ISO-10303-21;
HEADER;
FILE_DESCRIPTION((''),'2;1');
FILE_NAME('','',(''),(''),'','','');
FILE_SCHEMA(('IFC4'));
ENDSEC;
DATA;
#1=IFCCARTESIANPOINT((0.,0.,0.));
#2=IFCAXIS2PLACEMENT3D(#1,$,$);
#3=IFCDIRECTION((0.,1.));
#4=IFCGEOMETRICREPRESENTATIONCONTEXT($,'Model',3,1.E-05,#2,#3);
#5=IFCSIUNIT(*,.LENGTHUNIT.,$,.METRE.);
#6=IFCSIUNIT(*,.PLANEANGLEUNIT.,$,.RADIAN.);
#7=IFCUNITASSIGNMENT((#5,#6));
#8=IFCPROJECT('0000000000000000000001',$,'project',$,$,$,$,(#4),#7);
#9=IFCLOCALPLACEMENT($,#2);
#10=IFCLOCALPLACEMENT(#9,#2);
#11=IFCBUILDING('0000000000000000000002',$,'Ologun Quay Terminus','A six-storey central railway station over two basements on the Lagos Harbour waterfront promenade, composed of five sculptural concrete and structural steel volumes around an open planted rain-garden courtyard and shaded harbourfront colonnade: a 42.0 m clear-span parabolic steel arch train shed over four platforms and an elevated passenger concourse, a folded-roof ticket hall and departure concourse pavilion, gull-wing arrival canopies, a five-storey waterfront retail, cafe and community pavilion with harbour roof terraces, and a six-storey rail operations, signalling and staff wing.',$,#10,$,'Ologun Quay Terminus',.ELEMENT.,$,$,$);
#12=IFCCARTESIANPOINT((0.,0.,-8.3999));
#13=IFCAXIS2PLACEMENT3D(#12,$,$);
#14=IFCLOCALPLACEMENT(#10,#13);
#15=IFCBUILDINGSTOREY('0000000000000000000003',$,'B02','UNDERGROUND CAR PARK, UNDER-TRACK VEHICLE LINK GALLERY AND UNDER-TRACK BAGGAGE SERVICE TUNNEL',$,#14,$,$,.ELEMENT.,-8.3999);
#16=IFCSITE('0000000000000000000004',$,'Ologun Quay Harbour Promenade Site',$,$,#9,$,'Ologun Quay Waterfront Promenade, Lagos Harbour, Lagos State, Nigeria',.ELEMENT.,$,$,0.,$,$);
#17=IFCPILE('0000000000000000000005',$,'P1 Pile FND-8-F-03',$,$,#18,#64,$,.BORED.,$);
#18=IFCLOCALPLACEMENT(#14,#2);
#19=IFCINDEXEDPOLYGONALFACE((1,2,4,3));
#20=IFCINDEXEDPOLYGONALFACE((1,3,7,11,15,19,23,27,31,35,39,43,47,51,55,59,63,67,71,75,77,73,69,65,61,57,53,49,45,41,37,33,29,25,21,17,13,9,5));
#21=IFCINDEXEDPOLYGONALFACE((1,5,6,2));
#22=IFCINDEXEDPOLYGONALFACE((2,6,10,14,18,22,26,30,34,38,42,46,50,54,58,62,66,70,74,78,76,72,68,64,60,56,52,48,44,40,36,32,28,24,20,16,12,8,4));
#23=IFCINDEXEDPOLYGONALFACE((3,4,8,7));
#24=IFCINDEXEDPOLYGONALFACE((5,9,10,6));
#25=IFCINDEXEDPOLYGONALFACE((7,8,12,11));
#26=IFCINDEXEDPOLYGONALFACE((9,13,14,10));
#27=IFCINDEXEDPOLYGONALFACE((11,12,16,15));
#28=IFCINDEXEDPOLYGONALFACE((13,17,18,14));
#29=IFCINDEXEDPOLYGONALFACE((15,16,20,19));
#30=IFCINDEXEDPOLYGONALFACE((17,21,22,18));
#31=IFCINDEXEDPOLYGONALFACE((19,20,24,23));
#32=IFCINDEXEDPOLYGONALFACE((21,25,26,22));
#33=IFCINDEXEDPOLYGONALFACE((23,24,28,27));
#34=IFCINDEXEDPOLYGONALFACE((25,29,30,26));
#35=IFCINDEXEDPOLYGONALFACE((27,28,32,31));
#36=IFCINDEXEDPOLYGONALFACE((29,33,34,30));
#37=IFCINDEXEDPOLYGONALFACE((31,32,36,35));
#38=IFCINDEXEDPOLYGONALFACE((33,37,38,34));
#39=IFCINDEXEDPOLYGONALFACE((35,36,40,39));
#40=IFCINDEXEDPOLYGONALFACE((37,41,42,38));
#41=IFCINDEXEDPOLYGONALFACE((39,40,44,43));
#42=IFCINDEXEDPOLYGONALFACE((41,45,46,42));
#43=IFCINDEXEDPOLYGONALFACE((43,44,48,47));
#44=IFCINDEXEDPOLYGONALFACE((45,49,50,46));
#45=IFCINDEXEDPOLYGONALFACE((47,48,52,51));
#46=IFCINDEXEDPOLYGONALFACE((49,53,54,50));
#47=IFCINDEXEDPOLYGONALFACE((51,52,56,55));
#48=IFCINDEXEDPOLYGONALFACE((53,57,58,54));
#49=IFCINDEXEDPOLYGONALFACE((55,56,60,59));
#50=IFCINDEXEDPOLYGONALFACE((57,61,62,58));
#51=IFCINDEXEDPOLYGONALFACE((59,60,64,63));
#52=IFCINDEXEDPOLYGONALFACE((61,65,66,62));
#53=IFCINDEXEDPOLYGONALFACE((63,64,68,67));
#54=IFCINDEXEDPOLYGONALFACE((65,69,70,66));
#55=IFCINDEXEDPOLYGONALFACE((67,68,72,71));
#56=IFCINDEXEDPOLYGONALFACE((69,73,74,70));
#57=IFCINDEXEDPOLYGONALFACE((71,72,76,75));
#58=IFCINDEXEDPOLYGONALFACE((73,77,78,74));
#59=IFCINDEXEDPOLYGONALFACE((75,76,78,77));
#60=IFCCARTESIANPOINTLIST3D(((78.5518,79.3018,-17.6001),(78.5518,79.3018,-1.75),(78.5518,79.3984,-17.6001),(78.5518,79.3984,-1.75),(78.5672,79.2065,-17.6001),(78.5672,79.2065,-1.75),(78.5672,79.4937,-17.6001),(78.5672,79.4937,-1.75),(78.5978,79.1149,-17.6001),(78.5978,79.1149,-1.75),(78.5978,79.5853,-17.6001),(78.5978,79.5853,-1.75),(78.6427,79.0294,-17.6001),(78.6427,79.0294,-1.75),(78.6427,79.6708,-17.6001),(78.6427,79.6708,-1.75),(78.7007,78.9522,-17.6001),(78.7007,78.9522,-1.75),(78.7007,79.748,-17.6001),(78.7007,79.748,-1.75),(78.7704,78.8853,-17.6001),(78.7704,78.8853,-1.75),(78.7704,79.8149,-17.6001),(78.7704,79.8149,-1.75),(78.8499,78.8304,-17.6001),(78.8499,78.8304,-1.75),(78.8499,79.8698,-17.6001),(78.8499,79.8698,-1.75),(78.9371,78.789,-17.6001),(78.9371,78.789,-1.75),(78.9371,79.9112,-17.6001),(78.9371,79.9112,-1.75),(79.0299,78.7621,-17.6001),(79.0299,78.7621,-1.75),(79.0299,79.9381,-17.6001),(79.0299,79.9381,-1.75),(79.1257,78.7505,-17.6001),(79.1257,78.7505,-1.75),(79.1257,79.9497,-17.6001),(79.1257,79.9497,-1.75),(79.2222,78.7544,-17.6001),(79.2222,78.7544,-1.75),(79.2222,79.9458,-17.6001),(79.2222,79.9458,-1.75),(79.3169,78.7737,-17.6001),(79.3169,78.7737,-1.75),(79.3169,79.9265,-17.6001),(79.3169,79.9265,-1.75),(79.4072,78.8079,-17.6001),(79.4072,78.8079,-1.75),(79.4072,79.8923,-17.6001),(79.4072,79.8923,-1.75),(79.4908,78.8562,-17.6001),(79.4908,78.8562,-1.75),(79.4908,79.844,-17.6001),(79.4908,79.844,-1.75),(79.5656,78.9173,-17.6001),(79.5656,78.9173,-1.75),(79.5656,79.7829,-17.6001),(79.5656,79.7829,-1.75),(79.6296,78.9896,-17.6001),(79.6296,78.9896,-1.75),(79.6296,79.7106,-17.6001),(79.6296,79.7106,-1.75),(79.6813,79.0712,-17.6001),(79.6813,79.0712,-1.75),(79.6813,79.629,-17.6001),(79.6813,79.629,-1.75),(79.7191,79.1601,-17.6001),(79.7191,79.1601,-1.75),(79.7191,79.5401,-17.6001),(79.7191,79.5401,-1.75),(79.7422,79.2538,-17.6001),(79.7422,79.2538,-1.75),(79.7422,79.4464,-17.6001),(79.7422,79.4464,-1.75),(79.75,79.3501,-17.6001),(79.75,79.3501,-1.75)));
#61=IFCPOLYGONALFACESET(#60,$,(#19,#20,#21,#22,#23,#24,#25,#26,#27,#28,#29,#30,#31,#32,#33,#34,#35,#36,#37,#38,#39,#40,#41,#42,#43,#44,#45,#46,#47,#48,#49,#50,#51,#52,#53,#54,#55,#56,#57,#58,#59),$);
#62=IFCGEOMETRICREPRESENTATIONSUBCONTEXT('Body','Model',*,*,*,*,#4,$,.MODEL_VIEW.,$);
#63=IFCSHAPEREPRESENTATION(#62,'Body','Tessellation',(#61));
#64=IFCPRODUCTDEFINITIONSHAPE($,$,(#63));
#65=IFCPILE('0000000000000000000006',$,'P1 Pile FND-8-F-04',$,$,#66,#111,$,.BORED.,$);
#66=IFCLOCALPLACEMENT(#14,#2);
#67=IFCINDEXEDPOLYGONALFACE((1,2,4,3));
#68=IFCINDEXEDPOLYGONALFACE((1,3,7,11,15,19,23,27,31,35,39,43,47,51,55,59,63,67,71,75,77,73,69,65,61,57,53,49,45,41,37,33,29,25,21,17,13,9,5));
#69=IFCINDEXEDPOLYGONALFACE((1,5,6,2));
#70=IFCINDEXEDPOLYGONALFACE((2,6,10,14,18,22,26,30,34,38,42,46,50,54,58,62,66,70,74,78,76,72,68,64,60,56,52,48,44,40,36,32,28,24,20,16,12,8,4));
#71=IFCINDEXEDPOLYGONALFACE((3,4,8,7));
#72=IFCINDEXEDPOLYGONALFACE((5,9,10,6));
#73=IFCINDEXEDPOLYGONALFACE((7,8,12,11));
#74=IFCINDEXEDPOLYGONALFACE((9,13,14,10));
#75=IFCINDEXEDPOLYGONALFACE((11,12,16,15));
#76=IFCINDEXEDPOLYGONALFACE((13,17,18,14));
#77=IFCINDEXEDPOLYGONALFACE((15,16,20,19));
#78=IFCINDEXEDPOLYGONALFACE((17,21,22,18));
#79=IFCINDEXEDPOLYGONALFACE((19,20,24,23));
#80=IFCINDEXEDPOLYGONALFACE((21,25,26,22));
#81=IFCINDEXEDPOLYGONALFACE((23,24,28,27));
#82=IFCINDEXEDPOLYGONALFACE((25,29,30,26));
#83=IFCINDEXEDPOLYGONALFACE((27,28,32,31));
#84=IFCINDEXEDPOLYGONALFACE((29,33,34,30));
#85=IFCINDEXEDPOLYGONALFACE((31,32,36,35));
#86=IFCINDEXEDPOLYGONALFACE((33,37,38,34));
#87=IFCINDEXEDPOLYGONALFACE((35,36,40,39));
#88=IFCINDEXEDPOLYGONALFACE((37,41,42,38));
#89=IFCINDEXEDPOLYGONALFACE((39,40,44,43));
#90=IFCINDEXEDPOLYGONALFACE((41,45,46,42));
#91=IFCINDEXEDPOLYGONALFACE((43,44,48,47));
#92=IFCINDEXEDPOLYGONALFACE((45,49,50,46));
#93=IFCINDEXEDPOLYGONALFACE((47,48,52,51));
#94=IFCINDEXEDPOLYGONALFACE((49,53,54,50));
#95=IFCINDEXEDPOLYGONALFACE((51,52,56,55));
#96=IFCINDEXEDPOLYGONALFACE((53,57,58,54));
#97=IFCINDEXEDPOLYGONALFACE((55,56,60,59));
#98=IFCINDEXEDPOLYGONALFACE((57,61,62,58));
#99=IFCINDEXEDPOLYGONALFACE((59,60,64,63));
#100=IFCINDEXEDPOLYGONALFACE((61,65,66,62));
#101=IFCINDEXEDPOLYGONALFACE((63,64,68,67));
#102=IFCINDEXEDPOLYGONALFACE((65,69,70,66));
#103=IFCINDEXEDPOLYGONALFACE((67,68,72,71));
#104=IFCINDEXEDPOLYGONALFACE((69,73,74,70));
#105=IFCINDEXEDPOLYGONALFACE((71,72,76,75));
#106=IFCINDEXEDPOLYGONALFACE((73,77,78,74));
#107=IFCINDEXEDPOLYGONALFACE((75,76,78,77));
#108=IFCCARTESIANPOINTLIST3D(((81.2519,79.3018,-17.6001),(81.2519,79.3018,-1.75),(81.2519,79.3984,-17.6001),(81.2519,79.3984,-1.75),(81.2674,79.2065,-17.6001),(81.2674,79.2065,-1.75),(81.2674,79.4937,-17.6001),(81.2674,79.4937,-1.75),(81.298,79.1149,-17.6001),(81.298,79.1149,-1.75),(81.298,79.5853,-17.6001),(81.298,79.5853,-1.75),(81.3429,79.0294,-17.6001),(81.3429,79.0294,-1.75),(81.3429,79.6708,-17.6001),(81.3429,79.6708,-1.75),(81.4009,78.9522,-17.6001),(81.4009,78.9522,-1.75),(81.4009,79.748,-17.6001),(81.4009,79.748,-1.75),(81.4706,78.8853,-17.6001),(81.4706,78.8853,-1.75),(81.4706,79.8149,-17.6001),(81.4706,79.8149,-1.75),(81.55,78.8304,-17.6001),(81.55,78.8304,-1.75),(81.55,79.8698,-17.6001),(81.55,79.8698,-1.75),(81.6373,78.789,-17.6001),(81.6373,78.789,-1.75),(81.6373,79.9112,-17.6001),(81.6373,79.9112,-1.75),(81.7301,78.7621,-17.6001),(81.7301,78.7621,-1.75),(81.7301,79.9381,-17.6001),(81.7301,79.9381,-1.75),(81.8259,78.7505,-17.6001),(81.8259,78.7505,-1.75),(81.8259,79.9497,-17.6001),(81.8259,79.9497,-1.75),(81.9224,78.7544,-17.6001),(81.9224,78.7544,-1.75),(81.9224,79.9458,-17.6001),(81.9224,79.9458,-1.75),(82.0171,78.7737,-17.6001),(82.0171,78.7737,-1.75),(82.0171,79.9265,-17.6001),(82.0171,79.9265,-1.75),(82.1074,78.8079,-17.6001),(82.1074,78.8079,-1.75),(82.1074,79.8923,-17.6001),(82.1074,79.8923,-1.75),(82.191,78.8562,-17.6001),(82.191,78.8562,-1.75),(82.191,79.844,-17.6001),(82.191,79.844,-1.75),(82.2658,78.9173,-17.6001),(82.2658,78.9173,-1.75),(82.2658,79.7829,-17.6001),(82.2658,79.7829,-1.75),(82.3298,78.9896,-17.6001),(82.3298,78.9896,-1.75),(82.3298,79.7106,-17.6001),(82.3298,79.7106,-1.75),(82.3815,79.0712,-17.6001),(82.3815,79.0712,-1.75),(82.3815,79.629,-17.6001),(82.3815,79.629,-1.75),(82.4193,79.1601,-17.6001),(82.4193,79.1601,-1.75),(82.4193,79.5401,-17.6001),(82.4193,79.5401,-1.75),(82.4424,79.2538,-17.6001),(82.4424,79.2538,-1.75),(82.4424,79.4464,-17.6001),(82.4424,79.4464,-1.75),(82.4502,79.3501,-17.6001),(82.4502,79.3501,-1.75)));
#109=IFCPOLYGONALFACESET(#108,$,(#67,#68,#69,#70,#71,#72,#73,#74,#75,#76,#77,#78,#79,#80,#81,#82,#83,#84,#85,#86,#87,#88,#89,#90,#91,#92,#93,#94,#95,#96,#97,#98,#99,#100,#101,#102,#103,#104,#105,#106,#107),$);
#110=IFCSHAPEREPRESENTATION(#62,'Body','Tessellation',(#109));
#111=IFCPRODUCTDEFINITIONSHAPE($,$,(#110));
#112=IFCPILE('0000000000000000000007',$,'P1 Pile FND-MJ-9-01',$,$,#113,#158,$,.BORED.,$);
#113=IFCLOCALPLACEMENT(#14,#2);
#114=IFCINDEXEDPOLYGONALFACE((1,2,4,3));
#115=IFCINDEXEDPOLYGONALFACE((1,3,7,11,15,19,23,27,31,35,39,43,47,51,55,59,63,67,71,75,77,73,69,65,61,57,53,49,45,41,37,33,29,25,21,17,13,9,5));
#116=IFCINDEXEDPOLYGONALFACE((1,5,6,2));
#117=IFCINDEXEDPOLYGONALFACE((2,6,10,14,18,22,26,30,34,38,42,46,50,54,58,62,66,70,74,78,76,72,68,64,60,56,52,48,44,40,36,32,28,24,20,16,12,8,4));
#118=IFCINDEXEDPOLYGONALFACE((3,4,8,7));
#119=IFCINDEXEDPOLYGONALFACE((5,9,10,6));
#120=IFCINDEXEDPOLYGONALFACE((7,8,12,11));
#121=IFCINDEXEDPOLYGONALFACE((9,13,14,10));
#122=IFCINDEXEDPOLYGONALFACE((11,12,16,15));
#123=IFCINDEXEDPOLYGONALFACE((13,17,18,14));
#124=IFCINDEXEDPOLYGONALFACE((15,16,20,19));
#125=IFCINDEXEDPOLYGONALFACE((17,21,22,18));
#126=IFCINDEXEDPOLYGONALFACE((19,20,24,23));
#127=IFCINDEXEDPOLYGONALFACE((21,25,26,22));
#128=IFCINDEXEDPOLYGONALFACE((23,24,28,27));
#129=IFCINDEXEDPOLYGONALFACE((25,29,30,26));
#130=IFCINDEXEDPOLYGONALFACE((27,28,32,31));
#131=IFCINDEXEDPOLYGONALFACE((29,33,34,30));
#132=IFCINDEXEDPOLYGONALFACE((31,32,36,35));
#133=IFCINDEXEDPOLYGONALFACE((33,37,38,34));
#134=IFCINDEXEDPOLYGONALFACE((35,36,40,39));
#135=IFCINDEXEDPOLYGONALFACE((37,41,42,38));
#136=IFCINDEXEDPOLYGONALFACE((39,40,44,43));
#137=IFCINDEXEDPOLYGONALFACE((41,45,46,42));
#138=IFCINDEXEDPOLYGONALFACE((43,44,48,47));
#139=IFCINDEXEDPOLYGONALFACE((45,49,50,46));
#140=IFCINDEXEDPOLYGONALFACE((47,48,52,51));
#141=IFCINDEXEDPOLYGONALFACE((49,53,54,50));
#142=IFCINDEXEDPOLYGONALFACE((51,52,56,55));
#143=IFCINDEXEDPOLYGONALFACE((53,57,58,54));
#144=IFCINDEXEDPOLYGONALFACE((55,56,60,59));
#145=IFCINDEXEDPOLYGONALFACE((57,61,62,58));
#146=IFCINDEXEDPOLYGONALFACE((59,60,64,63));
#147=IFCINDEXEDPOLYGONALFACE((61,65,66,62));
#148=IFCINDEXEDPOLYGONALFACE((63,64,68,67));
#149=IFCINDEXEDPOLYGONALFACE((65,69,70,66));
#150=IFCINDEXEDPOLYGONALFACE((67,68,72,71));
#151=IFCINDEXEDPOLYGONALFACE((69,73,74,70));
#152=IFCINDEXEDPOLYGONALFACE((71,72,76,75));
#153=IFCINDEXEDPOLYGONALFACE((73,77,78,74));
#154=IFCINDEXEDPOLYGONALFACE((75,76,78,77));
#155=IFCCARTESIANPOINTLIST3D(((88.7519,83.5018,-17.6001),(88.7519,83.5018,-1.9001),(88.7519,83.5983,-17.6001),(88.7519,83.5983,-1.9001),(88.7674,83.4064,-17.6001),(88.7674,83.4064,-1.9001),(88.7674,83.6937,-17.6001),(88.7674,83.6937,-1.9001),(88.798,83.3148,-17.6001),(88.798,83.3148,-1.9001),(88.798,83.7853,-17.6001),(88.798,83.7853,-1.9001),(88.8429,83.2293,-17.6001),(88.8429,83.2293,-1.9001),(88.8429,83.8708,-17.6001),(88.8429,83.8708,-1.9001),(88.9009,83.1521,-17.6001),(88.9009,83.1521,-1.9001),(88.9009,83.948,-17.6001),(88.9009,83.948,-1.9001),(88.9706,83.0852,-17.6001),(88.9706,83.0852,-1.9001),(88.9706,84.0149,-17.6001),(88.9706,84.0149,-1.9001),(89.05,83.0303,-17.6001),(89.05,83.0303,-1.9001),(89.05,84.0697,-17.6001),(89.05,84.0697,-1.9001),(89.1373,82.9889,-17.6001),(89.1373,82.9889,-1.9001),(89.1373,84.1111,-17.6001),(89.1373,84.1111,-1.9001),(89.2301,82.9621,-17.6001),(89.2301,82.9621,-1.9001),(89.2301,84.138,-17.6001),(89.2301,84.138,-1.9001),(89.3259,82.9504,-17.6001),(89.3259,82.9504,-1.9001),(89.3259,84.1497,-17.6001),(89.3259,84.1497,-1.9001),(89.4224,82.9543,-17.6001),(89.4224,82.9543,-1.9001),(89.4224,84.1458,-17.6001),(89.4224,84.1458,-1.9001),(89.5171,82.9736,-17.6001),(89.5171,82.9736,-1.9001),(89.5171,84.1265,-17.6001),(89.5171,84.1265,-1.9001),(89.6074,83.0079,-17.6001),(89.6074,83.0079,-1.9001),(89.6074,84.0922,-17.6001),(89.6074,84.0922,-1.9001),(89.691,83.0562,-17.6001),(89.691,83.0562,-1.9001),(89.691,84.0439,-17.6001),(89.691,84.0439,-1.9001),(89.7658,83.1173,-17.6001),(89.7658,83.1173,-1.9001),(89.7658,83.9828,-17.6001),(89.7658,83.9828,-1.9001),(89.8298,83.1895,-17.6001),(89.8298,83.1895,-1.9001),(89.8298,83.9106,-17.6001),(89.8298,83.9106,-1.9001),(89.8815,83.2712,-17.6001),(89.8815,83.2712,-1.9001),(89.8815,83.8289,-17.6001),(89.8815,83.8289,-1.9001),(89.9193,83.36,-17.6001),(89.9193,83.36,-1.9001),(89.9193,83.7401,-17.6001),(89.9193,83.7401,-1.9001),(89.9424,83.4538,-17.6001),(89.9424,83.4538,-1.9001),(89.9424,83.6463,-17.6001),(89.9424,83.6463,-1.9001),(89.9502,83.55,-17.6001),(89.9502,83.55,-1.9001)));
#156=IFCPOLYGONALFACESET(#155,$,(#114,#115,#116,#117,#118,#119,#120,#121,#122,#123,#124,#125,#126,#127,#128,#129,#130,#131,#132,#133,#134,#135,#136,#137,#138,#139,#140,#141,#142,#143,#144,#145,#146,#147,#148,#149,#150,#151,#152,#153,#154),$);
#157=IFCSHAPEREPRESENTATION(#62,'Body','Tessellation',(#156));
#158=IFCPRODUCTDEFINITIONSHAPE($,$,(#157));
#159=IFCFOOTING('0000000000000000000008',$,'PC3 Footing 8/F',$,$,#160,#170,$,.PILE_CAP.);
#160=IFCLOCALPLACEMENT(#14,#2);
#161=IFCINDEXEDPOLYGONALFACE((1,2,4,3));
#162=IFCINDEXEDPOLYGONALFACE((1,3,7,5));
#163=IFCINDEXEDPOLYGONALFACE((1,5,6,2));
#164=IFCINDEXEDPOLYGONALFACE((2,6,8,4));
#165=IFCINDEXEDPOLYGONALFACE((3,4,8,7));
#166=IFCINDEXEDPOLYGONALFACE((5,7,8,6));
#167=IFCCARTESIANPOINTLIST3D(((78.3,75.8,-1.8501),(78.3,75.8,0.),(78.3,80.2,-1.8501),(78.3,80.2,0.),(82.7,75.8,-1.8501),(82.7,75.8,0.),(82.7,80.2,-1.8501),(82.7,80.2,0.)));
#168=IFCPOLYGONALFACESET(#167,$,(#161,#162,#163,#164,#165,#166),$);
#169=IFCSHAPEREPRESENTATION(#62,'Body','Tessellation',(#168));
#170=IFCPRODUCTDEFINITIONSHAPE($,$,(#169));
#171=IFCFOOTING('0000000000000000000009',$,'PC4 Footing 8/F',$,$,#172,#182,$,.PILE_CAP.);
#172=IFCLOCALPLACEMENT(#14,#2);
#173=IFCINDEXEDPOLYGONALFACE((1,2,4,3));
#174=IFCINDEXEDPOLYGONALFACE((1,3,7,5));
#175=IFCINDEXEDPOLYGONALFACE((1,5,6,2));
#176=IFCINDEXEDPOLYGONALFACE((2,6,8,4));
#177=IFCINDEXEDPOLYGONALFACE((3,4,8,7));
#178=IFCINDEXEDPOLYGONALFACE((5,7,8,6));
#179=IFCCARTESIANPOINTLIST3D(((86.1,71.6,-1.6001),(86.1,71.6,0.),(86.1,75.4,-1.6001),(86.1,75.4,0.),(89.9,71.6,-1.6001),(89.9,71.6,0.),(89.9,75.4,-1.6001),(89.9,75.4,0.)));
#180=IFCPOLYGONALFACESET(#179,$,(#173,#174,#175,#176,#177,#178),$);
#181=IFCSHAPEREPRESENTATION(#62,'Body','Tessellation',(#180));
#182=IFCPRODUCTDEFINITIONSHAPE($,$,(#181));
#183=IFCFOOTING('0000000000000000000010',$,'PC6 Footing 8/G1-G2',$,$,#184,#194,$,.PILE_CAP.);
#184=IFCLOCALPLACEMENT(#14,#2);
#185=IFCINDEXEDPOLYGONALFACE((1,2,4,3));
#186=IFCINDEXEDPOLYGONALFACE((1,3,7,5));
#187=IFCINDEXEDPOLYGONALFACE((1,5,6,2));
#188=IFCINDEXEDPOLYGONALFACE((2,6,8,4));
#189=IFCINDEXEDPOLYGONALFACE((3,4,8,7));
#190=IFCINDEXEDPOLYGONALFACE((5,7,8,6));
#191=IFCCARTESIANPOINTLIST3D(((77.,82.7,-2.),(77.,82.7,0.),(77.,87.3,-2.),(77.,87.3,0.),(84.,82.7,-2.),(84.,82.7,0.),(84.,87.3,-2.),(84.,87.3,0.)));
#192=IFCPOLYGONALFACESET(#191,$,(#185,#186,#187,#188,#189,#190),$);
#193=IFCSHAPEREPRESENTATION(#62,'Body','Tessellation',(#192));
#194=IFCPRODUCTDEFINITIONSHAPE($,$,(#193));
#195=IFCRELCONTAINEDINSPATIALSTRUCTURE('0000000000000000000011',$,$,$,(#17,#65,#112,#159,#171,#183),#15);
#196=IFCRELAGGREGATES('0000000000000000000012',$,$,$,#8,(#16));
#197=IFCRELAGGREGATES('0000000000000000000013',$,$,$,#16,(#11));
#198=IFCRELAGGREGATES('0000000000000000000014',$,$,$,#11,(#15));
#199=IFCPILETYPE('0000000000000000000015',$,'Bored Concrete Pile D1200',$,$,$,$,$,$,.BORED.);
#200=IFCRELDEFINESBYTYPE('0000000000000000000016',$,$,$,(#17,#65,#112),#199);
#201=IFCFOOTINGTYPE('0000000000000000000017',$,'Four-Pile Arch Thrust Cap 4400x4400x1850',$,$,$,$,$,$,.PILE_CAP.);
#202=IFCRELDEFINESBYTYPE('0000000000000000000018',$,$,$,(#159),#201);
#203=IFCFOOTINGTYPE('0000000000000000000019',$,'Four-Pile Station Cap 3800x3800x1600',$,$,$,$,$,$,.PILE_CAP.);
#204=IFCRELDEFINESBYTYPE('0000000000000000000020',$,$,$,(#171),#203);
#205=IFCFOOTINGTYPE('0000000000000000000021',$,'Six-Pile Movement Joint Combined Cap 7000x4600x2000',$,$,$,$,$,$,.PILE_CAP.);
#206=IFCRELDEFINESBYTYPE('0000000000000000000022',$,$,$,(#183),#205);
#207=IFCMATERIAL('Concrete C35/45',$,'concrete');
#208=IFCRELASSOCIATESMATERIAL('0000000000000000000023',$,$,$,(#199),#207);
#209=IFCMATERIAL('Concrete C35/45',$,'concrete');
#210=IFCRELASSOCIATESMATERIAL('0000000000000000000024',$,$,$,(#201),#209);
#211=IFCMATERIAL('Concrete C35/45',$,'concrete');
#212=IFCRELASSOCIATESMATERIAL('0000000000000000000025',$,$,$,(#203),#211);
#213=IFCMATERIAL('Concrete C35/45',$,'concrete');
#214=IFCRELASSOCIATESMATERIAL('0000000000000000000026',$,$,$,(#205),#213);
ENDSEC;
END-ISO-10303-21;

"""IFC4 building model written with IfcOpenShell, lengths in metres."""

from ifc_helpers import new_model, si_unit, direction, frame, origin, origin_2d, place, context, subcontext, project, spatial, rectangle, circle, extrude, material, material_profile, profile_set, type_object, element, save


model = new_model("IFC4")

# Units and contexts
model_context = context("Model", 3, precision=1e-05, world=origin(), true_north=direction((0.0, 1.0)))
body_context = subcontext(model_context, "Body", "Model", "MODEL_VIEW")
ifc_project = project(units=[si_unit("LENGTHUNIT", "METRE"), si_unit("PLANEANGLEUNIT", "RADIAN")], contexts=[model_context])

# Site, building, storey
site_placement = place(None, origin())
site = spatial("IfcSite", under=ifc_project, at=site_placement, Name="Ologun Quay Harbour Promenade Site", LongName="Ologun Quay Waterfront Promenade, Lagos Harbour, Lagos State, Nigeria", CompositionType="ELEMENT", RefElevation=0.0)
building_placement = place(site_placement, origin())
building = spatial("IfcBuilding", under=site, at=building_placement, Name="Ologun Quay Terminus", Description="A six-storey central railway station over two basements on the Lagos Harbour waterfront promenade, composed of five sculptural concrete and structural steel volumes around an open planted rain-garden courtyard and shaded harbourfront colonnade: a 42.0 m clear-span parabolic steel arch train shed over four platforms and an elevated passenger concourse, a folded-roof ticket hall and departure concourse pavilion, gull-wing arrival canopies, a five-storey waterfront retail, cafe and community pavilion with harbour roof terraces, and a six-storey rail operations, signalling and staff wing.", LongName="Ologun Quay Terminus", CompositionType="ELEMENT")
storey_placement = place(building_placement, frame((0.0, 0.0, -8.3999)))
storey = spatial("IfcBuildingStorey", under=building, at=storey_placement, Name="B02", Description="UNDERGROUND CAR PARK, UNDER-TRACK VEHICLE LINK GALLERY AND UNDER-TRACK BAGGAGE SERVICE TUNNEL", CompositionType="ELEMENT", Elevation=-8.3999)

# Piles
ifc_material_1 = material(Name="Concrete C35/45", Category="concrete")
ifc_material_profile_1 = material_profile(ifc_material_1, circle(Radius=0.6001, at=origin_2d()), Name="PILE D1200")
ifc_profile_set_1 = profile_set([ifc_material_profile_1], Name="Concrete C35/45")
pile_type_1 = type_object("IfcPileType", Name="Bored Concrete Pile D1200", PredefinedType="BORED", material=ifc_profile_set_1)
for number, where, z_axis, x_axis, name in (
    (1, (79.1499, 79.3501, -1.75), (0.0, 0.0, -1.0), (1.0, 0.0, 0.0), "P1 Pile FND-8-F-03"),
    (2, (81.8501, 79.3501, -1.75), (0.0, 0.0, -1.0), (1.0, 0.0, 0.0), "P1 Pile FND-8-F-04"),
):
    element("IfcPile", number, at=place(storey_placement, frame(where, z_axis=z_axis, x_axis=x_axis)), inside=storey, type_object=pile_type_1, Name=name, PredefinedType="BORED", context=body_context, shape_type="SweptSolid", body=[
        extrude(circle(Radius=0.6001, at=origin_2d()), origin(), (0.0, 0.0, 1.0), 15.8501),
    ])
pile_placement = place(storey_placement, frame((89.3501, 83.55, -1.9001), z_axis=(0.0, 0.0, -1.0), x_axis=(1.0, 0.0, 0.0)))
element("IfcPile", 3, at=pile_placement, inside=storey, type_object=pile_type_1, Name="P1 Pile FND-MJ-9-01", PredefinedType="BORED", context=body_context, shape_type="SweptSolid", body=[
    extrude(circle(Radius=0.6001, at=origin_2d()), origin(), (0.0, 0.0, 1.0), 15.7),
])

# Footings
ifc_material_2 = material(Name="Concrete C35/45", Category="concrete")
footing_type_1 = type_object("IfcFootingType", Name="Four-Pile Arch Thrust Cap 4400x4400x1850", PredefinedType="PILE_CAP", material=ifc_material_2)
footing_1_placement = place(storey_placement, frame((80.5, 78.0, -1.8501), z_axis=(0.0, 0.0, 1.0), x_axis=(1.0, 0.0, 0.0)))
element("IfcFooting", 4, at=footing_1_placement, inside=storey, type_object=footing_type_1, Name="PC3 Footing 8/F", PredefinedType="PILE_CAP", context=body_context, shape_type="SweptSolid", body=[
    extrude(rectangle(XDim=4.3999, YDim=4.3999, at=origin_2d()), origin(), (0.0, 0.0, 1.0), 1.8501),
])
ifc_material_3 = material(Name="Concrete C35/45", Category="concrete")
footing_type_2 = type_object("IfcFootingType", Name="Four-Pile Station Cap 3800x3800x1600", PredefinedType="PILE_CAP", material=ifc_material_3)
footing_2_placement = place(storey_placement, frame((88.0, 73.5, -1.6001), z_axis=(0.0, 0.0, 1.0), x_axis=(1.0, 0.0, 0.0)))
element("IfcFooting", 5, at=footing_2_placement, inside=storey, type_object=footing_type_2, Name="PC4 Footing 8/F", PredefinedType="PILE_CAP", context=body_context, shape_type="SweptSolid", body=[
    extrude(rectangle(XDim=3.8, YDim=3.8, at=origin_2d()), origin(), (0.0, 0.0, 1.0), 1.6001),
])
ifc_material_4 = material(Name="Concrete C35/45", Category="concrete")
footing_type_3 = type_object("IfcFootingType", Name="Six-Pile Movement Joint Combined Cap 7000x4600x2000", PredefinedType="PILE_CAP", material=ifc_material_4)
footing_3_placement = place(storey_placement, frame((80.5, 85.0, -2.0), z_axis=(0.0, 0.0, 1.0), x_axis=(1.0, 0.0, 0.0)))
element("IfcFooting", 6, at=footing_3_placement, inside=storey, type_object=footing_type_3, Name="PC6 Footing 8/G1-G2", PredefinedType="PILE_CAP", context=body_context, shape_type="SweptSolid", body=[
    extrude(rectangle(XDim=7.0, YDim=4.6001, at=origin_2d()), origin(), (0.0, 0.0, 1.0), 2.0),
])

save(model, "model.ifc")
